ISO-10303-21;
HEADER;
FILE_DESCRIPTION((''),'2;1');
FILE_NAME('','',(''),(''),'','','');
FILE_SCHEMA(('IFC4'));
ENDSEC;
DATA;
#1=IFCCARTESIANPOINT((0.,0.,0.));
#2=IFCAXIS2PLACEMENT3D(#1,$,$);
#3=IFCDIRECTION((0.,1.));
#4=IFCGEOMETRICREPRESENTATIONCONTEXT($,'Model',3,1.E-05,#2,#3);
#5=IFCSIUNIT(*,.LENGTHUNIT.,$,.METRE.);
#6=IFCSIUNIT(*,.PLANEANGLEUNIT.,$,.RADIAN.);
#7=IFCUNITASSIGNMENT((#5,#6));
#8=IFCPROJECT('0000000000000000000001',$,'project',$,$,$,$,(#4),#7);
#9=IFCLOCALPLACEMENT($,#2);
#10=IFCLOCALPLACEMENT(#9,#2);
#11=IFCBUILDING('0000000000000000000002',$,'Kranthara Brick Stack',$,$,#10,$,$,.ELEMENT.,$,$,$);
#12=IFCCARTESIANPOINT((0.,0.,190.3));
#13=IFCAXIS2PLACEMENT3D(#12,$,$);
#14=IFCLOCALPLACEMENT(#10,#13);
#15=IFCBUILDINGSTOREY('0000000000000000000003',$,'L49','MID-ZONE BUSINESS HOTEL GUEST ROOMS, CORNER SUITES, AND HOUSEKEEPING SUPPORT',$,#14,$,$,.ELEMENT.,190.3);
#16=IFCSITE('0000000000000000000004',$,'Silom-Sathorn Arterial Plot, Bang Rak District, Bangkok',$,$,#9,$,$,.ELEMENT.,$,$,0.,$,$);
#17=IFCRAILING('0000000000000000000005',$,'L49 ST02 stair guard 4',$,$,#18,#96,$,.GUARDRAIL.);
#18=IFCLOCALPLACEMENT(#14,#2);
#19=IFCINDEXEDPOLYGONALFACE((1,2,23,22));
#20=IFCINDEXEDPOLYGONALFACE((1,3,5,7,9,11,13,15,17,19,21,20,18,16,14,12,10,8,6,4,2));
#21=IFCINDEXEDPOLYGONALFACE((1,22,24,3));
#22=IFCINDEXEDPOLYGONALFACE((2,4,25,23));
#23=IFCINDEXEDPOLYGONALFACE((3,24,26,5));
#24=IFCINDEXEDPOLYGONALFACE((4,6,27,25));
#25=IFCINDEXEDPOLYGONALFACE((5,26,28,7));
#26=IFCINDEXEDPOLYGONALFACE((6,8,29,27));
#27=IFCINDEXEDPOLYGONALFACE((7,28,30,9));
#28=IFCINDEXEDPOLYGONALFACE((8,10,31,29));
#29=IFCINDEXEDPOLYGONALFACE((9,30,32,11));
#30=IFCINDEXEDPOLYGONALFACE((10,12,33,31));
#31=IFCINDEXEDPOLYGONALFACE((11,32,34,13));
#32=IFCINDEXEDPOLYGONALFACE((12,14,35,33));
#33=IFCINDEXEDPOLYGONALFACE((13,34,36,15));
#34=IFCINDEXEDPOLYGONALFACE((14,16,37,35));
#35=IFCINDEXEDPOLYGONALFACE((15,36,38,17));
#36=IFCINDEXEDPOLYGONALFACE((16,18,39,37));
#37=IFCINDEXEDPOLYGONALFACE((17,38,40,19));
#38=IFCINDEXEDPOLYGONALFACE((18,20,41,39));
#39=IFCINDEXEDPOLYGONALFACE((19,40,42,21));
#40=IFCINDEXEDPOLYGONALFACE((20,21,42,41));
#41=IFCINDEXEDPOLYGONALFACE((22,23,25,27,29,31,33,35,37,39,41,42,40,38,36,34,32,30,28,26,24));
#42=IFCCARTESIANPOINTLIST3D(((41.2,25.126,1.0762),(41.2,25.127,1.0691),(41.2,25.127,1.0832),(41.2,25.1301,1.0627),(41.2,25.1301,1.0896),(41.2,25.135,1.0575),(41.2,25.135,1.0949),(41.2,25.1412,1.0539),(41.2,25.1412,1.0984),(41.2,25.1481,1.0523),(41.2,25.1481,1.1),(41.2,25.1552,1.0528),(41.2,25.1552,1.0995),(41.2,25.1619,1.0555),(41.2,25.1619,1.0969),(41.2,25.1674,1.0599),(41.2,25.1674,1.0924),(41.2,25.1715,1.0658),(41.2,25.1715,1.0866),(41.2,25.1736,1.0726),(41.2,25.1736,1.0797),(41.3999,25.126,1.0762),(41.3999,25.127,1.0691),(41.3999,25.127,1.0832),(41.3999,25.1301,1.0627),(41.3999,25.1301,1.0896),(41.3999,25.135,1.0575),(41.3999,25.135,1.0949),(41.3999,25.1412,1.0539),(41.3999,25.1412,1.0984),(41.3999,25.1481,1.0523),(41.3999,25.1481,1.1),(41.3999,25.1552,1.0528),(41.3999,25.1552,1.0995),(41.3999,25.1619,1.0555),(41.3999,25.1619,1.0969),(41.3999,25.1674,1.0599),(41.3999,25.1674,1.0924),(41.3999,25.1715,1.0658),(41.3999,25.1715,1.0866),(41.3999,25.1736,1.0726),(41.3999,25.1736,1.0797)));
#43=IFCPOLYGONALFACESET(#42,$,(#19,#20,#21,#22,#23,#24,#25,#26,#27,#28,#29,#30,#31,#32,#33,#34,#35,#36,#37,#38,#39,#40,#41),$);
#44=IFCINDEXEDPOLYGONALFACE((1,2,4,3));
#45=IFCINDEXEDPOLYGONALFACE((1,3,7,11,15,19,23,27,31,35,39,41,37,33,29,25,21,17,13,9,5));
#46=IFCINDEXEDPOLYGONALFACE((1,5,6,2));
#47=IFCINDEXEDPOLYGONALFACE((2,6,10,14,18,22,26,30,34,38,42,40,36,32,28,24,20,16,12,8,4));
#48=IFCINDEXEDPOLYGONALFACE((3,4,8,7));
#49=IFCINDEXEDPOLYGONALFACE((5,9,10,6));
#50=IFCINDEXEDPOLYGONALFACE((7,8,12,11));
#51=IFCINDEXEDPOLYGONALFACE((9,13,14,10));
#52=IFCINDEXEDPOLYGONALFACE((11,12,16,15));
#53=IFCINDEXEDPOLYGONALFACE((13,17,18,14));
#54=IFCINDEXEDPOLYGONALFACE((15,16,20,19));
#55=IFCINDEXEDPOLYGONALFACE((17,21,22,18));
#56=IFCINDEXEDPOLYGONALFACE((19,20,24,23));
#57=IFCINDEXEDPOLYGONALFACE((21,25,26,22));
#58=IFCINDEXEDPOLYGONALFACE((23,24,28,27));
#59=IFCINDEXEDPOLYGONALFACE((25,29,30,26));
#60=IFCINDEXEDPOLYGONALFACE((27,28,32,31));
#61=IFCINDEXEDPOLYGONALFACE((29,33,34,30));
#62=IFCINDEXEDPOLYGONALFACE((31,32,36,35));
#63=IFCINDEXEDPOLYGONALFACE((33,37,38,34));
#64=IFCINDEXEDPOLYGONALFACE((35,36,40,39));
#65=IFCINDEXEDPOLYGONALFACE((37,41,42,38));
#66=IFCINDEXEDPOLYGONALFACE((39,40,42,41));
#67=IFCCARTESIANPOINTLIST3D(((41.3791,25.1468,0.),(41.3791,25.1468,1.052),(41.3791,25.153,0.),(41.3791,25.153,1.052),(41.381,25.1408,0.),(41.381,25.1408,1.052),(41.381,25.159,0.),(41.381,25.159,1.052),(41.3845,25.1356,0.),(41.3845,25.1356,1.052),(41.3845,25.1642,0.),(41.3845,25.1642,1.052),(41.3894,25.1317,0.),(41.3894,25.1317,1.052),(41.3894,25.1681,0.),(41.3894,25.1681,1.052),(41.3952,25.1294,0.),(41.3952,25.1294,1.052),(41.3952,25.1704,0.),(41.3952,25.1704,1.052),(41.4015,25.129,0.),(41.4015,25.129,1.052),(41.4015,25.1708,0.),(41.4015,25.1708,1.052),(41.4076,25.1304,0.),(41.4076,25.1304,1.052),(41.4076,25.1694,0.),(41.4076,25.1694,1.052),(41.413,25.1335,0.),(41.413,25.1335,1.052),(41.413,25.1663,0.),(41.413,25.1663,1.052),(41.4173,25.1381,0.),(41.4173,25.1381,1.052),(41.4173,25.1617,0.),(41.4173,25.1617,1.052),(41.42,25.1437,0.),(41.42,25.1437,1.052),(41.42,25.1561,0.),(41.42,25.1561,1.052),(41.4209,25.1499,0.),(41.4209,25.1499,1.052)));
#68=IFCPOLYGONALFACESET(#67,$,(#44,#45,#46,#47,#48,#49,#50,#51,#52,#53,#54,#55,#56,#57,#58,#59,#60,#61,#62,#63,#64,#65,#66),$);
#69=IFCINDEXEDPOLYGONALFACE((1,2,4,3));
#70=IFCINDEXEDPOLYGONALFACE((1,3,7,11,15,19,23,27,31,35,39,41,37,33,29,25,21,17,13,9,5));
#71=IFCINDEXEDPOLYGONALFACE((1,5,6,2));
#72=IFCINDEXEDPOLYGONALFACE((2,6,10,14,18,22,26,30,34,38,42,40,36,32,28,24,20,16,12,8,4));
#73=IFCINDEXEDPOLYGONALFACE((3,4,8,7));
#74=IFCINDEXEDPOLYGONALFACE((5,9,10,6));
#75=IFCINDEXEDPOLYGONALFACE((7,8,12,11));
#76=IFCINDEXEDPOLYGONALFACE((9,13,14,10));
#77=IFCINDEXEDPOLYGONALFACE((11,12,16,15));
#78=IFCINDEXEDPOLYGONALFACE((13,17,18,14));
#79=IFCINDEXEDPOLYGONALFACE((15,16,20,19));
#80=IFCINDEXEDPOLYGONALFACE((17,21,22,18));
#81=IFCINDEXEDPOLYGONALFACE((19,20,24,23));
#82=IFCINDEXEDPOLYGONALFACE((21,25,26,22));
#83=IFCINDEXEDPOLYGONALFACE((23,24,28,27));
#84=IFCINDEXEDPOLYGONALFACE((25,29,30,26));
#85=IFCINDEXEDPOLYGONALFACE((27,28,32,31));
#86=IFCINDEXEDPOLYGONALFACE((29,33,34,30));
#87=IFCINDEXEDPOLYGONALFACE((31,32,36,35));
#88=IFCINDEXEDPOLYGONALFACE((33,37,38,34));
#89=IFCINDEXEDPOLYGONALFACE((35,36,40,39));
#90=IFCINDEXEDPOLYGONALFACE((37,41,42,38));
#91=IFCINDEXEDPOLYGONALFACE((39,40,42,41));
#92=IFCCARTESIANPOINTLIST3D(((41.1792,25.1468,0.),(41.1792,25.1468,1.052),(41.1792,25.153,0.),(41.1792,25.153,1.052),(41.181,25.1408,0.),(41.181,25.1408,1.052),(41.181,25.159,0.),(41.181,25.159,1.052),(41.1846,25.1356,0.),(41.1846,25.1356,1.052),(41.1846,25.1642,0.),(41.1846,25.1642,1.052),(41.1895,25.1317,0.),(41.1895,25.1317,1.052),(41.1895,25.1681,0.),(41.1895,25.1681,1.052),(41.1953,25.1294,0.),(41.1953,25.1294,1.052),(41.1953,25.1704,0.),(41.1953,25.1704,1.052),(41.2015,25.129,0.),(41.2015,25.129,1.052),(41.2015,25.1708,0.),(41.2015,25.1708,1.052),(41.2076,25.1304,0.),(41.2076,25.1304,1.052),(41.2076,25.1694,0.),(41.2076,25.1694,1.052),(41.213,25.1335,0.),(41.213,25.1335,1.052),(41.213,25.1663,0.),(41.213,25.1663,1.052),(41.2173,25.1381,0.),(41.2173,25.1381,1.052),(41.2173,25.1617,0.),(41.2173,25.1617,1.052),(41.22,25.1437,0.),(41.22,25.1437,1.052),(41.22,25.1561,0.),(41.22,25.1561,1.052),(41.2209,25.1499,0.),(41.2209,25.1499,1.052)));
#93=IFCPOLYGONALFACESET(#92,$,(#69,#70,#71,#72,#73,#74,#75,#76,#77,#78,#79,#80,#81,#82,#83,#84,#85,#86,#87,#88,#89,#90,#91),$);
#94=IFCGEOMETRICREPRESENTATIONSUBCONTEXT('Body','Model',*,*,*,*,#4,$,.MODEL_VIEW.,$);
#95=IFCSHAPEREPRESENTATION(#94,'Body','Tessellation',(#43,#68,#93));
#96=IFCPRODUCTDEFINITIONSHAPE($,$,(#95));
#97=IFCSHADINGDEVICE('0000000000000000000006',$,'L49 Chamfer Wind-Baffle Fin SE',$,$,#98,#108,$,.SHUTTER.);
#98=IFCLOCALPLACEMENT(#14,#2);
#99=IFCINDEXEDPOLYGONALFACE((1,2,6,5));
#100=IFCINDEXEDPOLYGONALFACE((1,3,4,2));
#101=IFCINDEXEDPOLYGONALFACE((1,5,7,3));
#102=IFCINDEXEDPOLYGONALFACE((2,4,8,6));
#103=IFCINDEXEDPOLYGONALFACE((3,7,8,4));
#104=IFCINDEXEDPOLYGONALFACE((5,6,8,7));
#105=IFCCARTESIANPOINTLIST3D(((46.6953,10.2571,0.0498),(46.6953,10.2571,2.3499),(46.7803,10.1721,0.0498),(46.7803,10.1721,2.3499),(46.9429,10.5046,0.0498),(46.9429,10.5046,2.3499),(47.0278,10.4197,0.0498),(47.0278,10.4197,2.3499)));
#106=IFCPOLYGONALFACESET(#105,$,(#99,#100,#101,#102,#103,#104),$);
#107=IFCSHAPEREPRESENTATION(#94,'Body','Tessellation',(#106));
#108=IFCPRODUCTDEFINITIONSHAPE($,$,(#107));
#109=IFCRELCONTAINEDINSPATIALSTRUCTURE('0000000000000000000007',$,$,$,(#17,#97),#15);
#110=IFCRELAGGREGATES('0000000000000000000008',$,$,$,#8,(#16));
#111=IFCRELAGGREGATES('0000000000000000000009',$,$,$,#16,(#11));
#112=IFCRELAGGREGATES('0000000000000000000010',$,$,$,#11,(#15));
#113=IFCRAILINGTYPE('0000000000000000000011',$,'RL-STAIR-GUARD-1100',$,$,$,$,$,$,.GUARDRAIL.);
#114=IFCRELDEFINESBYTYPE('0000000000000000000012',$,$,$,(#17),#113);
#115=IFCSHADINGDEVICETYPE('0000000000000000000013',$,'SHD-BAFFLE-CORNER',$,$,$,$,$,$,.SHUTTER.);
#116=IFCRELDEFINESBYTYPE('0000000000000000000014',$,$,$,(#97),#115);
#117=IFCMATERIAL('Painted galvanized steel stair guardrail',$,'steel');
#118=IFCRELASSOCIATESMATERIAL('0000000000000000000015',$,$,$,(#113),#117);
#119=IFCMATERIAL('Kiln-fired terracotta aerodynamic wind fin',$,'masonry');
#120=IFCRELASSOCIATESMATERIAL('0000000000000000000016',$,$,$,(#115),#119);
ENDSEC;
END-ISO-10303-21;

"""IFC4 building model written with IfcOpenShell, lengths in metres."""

from ifc_helpers import new_model, si_unit, direction, frame, origin, origin_2d, place, context, subcontext, project, spatial, rectangle, circle, extrude, material, type_object, element, save


model = new_model("IFC4")

# Units and contexts
model_context = context("Model", 3, precision=1e-05, world=origin(), true_north=direction((0.0, 1.0)))
body_context = subcontext(model_context, "Body", "Model", "MODEL_VIEW")
ifc_project = project(units=[si_unit("LENGTHUNIT", "METRE"), si_unit("PLANEANGLEUNIT", "RADIAN")], contexts=[model_context])

# Site, building, storey
site_placement = place(None, origin())
site = spatial("IfcSite", under=ifc_project, at=site_placement, Name="Silom-Sathorn Arterial Plot, Bang Rak District, Bangkok", CompositionType="ELEMENT", RefElevation=0.0)
building_placement = place(site_placement, origin())
building = spatial("IfcBuilding", under=site, at=building_placement, Name="Kranthara Brick Stack", CompositionType="ELEMENT")
storey_placement = place(building_placement, frame((0.0, 0.0, 190.3)))
storey = spatial("IfcBuildingStorey", under=building, at=storey_placement, Name="L49", Description="MID-ZONE BUSINESS HOTEL GUEST ROOMS, CORNER SUITES, AND HOUSEKEEPING SUPPORT", CompositionType="ELEMENT", Elevation=190.3)

# Railing
ifc_material_1 = material(Name="Painted galvanized steel stair guardrail", Category="steel")
railing_type = type_object("IfcRailingType", Name="RL-STAIR-GUARD-1100", PredefinedType="GUARDRAIL", material=ifc_material_1)
railing_placement = place(storey_placement, frame((41.3999, 25.1499, 0.0)))
element("IfcRailing", 1, at=railing_placement, inside=storey, type_object=railing_type, Name="L49 ST02 stair guard 4", PredefinedType="GUARDRAIL", context=body_context, shape_type="SweptSolid", body=[
    extrude(circle(Radius=0.0239, at=origin_2d()), frame((0.0, 0.0, 1.0762), z_axis=(-1.0, 0.0, 0.0), x_axis=(0.0, -1.0, 0.0)), (0.0, 0.0, 1.0), 0.2),
    extrude(circle(Radius=0.021, at=origin_2d()), origin(), (0.0, 0.0, 1.0), 1.052),
    extrude(circle(Radius=0.021, at=origin_2d()), frame((-0.2, 0.0, 0.0)), (0.0, 0.0, 1.0), 1.052),
])

# Shading device
ifc_material_2 = material(Name="Kiln-fired terracotta aerodynamic wind fin", Category="masonry")
shading_device_type = type_object("IfcShadingDeviceType", Name="SHD-BAFFLE-CORNER", PredefinedType="SHUTTER", material=ifc_material_2)
shading_device_placement = place(storey_placement, frame((46.8616, 10.3384, 0.0498), z_axis=(0.0, 0.0, 1.0), x_axis=(-0.707107, -0.707107, 0.0)))
element("IfcShadingDevice", 2, at=shading_device_placement, inside=storey, type_object=shading_device_type, Name="L49 Chamfer Wind-Baffle Fin SE", PredefinedType="SHUTTER", context=body_context, shape_type="SweptSolid", body=[
    extrude(rectangle(XDim=0.3501, YDim=0.1201, at=origin_2d()), origin(), (0.0, 0.0, 1.0), 2.3),
])

save(model, "model.ifc")
